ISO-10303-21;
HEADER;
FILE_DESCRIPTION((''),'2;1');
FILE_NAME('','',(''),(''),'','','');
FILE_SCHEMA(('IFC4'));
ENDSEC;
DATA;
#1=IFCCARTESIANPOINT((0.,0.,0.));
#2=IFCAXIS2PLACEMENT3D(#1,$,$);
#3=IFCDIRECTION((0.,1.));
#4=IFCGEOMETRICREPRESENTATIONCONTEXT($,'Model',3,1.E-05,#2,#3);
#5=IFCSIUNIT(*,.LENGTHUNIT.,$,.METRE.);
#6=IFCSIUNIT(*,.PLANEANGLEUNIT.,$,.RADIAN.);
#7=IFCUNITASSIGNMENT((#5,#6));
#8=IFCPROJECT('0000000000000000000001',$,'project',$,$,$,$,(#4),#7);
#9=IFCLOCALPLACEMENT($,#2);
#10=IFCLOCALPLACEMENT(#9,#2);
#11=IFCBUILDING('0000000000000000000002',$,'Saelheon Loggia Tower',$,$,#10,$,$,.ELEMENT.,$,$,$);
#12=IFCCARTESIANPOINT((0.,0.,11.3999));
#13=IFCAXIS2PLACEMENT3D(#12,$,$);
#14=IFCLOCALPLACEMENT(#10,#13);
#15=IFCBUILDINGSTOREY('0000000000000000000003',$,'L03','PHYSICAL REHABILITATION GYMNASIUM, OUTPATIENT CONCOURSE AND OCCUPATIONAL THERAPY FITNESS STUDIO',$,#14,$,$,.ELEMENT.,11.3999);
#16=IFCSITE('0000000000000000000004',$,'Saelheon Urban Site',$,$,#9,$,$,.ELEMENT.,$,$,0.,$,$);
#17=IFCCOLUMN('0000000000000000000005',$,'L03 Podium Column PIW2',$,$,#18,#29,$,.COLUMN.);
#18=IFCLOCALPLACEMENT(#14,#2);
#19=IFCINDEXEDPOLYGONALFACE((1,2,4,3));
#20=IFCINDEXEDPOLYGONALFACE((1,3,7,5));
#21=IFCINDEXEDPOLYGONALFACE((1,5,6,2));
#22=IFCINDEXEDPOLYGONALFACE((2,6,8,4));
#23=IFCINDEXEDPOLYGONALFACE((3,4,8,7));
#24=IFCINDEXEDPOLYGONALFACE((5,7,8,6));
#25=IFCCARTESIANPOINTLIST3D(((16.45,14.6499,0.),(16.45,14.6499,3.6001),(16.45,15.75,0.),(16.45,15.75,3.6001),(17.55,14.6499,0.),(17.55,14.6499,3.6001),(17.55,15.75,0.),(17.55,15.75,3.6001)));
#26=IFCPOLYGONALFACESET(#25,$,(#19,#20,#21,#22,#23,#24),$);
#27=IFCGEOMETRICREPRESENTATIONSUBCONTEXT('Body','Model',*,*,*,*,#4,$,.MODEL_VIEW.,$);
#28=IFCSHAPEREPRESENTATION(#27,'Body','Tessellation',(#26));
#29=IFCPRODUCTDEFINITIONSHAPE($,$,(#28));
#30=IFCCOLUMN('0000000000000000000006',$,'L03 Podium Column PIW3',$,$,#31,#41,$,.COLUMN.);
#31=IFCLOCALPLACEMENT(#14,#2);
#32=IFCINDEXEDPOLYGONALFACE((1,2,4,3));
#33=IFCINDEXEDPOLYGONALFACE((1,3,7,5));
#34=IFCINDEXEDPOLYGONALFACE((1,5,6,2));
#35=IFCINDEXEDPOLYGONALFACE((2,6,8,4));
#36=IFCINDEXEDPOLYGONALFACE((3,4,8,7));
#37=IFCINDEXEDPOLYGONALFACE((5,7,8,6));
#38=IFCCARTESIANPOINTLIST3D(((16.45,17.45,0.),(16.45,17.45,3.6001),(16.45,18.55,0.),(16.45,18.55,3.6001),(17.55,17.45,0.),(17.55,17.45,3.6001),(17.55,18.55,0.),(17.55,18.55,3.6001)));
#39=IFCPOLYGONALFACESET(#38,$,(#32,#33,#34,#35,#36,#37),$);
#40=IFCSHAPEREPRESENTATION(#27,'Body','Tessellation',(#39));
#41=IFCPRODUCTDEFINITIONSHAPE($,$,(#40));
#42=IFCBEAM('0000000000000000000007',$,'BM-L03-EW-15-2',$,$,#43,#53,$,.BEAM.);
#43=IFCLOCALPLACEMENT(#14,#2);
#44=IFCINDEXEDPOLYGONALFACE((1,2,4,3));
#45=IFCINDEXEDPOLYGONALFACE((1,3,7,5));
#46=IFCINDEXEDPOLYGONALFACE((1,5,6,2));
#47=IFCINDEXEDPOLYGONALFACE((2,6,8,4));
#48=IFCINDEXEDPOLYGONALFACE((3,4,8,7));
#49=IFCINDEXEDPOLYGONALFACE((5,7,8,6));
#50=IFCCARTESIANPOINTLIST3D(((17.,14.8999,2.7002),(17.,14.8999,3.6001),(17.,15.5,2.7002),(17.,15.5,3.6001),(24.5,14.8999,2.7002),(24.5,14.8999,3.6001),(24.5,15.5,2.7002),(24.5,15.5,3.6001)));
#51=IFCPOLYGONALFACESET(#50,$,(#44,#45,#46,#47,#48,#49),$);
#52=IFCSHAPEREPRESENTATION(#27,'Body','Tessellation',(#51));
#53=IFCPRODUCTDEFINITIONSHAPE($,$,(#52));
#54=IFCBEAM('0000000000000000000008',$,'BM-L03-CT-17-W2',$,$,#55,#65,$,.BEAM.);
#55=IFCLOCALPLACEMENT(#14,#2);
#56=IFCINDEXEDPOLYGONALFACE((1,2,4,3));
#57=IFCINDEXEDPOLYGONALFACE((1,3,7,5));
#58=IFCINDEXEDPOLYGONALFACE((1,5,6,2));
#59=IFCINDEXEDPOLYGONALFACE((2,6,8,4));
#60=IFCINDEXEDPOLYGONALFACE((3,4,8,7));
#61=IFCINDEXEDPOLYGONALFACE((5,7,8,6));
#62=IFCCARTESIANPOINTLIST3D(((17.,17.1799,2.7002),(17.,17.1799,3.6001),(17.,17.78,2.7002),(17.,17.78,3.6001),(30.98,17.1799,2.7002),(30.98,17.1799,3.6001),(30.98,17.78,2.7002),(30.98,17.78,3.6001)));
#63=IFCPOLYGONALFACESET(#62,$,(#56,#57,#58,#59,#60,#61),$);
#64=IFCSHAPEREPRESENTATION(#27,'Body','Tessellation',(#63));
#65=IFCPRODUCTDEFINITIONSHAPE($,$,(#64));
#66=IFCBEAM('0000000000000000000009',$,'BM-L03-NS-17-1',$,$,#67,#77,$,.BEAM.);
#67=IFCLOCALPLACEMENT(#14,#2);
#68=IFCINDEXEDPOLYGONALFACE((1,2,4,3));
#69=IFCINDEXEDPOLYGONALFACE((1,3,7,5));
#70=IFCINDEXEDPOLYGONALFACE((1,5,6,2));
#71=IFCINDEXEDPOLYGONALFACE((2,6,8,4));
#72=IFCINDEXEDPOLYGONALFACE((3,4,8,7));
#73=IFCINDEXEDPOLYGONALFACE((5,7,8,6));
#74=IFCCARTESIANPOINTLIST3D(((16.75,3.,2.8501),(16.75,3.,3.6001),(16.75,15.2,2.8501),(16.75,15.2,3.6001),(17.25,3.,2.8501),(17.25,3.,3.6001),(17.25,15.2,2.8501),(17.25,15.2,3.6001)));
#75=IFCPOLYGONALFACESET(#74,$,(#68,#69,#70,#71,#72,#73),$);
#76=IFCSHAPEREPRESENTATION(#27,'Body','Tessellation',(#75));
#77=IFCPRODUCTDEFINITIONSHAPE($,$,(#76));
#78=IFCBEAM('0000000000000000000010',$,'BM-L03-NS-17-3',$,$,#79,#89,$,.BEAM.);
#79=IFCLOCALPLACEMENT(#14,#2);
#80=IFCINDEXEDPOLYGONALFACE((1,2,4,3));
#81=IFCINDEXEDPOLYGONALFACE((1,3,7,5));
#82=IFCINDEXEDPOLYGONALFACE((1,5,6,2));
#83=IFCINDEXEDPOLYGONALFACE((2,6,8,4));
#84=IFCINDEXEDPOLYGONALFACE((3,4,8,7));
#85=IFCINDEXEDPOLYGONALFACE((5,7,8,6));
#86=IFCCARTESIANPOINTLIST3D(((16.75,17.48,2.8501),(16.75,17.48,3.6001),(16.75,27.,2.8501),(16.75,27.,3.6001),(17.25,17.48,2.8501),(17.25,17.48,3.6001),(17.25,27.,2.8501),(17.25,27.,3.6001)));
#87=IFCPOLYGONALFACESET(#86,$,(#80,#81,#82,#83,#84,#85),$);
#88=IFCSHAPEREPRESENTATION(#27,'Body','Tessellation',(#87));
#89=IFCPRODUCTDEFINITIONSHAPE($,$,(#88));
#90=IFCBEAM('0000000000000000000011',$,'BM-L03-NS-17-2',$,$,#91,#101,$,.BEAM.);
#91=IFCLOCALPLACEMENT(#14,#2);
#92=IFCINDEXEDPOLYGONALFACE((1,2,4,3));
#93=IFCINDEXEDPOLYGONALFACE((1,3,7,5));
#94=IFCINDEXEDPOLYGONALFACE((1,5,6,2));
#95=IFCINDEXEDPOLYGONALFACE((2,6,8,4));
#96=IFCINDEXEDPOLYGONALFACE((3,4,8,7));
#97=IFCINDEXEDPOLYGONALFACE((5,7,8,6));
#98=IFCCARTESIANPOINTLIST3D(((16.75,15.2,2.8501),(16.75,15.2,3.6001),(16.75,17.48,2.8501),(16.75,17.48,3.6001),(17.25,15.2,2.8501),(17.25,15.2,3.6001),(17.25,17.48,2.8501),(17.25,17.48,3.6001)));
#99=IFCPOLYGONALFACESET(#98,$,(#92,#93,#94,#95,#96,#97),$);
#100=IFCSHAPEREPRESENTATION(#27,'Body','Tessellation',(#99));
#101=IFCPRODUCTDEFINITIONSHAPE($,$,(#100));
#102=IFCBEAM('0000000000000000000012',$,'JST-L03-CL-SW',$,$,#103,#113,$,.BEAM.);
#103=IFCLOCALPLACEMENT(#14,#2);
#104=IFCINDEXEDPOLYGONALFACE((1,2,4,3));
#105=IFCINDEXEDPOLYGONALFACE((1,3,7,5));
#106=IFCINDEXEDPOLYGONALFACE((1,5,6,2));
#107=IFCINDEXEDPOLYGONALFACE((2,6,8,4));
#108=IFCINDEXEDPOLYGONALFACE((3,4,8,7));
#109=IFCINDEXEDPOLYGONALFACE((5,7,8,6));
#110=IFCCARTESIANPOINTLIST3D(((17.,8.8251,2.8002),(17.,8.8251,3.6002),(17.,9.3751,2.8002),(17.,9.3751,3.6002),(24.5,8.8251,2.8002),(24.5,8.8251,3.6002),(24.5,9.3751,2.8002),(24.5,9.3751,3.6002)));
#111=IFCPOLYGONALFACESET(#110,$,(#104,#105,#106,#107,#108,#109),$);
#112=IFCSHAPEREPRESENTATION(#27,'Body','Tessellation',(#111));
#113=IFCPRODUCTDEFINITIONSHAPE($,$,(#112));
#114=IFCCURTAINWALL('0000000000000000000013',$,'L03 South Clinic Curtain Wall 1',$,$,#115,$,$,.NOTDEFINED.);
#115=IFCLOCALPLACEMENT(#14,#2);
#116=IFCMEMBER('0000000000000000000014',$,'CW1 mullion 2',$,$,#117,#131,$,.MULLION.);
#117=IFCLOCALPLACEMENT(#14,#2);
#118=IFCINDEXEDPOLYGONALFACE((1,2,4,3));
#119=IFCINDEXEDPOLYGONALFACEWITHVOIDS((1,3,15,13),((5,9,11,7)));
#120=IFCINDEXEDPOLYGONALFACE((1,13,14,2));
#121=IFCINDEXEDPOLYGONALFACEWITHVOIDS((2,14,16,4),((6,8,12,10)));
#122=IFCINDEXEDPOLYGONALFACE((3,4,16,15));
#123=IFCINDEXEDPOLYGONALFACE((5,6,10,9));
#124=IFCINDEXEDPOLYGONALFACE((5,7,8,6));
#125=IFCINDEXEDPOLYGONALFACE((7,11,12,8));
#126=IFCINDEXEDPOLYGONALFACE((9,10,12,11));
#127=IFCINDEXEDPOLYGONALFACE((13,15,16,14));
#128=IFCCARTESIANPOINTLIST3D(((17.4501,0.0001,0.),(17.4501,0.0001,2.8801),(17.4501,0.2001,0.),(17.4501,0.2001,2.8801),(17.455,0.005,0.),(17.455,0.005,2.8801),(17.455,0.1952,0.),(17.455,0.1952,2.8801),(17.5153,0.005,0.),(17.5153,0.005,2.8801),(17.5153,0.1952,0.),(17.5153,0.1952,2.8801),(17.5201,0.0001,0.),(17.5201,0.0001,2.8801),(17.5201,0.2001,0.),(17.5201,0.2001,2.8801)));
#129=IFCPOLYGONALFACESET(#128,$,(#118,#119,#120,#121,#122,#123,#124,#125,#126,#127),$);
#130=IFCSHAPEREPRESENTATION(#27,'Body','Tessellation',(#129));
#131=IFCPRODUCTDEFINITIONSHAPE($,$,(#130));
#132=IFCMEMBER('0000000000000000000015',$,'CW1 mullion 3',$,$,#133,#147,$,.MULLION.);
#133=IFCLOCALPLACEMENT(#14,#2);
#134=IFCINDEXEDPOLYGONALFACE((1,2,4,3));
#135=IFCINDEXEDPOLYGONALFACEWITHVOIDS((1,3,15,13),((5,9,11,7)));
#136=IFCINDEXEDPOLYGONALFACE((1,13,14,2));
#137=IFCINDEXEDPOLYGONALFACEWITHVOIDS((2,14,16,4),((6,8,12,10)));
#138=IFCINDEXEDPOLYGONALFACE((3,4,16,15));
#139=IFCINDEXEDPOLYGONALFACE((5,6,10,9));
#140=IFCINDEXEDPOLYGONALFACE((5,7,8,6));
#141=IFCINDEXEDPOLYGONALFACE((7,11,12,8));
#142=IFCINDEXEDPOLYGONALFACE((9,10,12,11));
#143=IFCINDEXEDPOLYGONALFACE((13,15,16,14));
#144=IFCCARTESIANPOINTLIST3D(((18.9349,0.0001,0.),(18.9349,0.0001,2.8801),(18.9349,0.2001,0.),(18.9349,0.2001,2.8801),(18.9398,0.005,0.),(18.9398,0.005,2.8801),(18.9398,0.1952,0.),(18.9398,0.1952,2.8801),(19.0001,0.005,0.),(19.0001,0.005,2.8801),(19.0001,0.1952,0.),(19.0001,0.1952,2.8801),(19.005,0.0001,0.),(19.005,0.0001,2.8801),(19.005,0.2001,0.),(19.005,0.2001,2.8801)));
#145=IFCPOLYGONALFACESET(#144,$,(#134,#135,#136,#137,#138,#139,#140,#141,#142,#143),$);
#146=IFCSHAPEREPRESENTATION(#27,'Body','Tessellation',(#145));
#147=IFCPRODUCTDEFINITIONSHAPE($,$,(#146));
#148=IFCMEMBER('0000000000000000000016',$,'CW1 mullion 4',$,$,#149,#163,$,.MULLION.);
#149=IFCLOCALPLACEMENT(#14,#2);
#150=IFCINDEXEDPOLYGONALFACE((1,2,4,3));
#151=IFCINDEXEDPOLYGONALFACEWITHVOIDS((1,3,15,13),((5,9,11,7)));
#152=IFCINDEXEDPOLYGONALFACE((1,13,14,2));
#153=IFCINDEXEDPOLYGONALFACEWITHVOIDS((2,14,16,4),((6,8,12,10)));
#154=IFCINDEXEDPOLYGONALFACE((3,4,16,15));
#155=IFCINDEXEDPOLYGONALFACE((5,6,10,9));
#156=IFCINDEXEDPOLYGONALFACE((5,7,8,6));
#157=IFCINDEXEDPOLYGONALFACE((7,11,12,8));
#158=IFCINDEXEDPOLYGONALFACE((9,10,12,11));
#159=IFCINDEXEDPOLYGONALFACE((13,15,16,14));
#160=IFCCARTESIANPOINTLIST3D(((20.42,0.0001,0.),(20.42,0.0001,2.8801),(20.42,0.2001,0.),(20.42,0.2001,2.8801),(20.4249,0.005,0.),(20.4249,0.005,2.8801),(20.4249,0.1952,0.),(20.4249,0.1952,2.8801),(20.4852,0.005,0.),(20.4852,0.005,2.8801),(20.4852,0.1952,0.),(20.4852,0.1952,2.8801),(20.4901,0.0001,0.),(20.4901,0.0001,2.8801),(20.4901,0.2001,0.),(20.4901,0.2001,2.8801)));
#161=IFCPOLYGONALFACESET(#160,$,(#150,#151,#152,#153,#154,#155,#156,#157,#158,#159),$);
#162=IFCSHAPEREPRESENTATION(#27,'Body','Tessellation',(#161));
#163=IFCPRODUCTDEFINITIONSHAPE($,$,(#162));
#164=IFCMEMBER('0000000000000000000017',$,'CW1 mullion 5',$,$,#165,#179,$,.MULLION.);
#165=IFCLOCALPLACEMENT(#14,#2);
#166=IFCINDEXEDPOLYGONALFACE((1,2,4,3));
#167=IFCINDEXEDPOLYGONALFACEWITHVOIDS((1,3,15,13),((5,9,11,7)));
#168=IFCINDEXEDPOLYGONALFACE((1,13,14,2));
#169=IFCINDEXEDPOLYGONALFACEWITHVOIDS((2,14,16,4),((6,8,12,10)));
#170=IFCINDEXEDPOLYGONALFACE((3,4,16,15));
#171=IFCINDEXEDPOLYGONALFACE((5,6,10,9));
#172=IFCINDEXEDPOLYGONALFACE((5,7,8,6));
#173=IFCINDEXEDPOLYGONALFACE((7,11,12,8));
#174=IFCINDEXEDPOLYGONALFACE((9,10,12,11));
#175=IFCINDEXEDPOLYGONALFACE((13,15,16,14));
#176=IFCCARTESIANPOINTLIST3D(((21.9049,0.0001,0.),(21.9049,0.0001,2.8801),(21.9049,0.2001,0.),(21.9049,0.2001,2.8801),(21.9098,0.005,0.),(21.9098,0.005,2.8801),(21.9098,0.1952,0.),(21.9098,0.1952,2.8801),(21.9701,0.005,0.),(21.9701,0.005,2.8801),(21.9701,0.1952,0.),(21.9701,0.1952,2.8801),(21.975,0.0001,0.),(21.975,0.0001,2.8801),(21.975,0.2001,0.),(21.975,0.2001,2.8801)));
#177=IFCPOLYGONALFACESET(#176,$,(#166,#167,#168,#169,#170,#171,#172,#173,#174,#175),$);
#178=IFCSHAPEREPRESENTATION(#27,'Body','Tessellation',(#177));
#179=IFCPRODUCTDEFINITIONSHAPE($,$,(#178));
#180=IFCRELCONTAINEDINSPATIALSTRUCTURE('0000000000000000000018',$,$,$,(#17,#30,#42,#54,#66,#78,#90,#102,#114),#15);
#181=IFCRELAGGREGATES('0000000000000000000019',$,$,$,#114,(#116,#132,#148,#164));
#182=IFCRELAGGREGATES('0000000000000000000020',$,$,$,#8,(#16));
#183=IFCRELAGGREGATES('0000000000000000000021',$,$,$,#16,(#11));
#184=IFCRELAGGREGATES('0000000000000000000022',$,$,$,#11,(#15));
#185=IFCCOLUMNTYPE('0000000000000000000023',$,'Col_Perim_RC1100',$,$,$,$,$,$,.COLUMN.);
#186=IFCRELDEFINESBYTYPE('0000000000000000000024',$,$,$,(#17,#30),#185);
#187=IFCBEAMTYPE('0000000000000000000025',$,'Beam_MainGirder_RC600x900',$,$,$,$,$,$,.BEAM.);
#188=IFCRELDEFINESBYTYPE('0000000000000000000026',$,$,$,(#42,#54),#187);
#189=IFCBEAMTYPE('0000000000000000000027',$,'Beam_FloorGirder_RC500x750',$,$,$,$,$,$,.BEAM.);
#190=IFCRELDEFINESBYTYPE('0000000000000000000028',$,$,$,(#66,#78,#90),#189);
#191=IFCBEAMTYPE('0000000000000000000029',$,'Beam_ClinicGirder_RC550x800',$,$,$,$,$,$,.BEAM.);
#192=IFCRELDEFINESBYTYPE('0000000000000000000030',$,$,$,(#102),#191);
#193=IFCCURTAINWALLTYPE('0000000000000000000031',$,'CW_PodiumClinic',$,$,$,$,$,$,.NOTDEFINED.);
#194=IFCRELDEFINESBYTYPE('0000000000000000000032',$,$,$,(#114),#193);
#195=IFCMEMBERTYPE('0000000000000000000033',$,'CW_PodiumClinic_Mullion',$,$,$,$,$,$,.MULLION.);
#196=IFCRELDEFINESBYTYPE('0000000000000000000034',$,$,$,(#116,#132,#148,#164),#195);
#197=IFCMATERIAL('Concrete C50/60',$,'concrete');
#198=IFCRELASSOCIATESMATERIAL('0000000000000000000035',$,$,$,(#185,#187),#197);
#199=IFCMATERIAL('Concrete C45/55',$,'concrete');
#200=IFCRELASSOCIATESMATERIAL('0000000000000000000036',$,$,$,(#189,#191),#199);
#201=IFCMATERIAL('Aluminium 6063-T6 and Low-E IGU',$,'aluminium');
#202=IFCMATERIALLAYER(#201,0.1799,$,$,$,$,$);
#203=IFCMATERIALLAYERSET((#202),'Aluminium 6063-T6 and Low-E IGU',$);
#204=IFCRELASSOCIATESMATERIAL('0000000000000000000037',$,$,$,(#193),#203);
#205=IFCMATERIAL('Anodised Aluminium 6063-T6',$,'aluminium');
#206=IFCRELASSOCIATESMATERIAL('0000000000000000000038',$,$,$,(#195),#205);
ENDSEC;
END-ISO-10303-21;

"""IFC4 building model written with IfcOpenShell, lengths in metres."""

from ifc_helpers import new_model, si_unit, direction, frame, origin, origin_2d, place, context, subcontext, project, spatial, rectangle, hollow_rectangle, extrude, source, transform, mapped, material, layer, layer_set, material_profile, profile_set, type_object, element, aggregate, save


model = new_model("IFC4")

# Units and contexts
model_context = context("Model", 3, precision=1e-05, world=origin(), true_north=direction((0.0, 1.0)))
body_context = subcontext(model_context, "Body", "Model", "MODEL_VIEW")
ifc_project = project(units=[si_unit("LENGTHUNIT", "METRE"), si_unit("PLANEANGLEUNIT", "RADIAN")], contexts=[model_context])

# Site, building, storey
site_placement = place(None, origin())
site = spatial("IfcSite", under=ifc_project, at=site_placement, Name="Saelheon Urban Site", CompositionType="ELEMENT", RefElevation=0.0)
building_placement = place(site_placement, origin())
building = spatial("IfcBuilding", under=site, at=building_placement, Name="Saelheon Loggia Tower", CompositionType="ELEMENT")
storey_placement = place(building_placement, frame((0.0, 0.0, 11.3999)))
storey = spatial("IfcBuildingStorey", under=building, at=storey_placement, Name="L03", Description="PHYSICAL REHABILITATION GYMNASIUM, OUTPATIENT CONCOURSE AND OCCUPATIONAL THERAPY FITNESS STUDIO", CompositionType="ELEMENT", Elevation=11.3999)

# Columns
ifc_material_1 = material(Name="Concrete C50/60", Category="concrete")
ifc_material_profile_1 = material_profile(ifc_material_1, rectangle(XDim=1.1001, YDim=1.1001, at=origin_2d()), Name="RC-1100x1100")
ifc_profile_set_1 = profile_set([ifc_material_profile_1], Name="Concrete C50/60")
column_type = type_object("IfcColumnType", Name="Col_Perim_RC1100", PredefinedType="COLUMN", material=ifc_profile_set_1)
shared_shape_1 = source(origin(), body_context, "Body", "SweptSolid", [
    extrude(rectangle(XDim=1.1001, YDim=1.1001, at=origin_2d()), origin(), (0.0, 0.0, 1.0), 3.6001),
])
for number, where, z_axis, x_axis, name in (
    (1, (17.0, 15.2, 0.0), (0.0, 0.0, 1.0), (1.0, 0.0, 0.0), "L03 Podium Column PIW2"),
    (2, (17.0, 18.0, 0.0), (0.0, 0.0, 1.0), (1.0, 0.0, 0.0), "L03 Podium Column PIW3"),
):
    element("IfcColumn", number, at=place(storey_placement, frame(where, z_axis=z_axis, x_axis=x_axis)), inside=storey, type_object=column_type, Name=name, PredefinedType="COLUMN", context=body_context, shape_type="MappedRepresentation", body=[
        mapped(shared_shape_1, transform((0.0, 0.0, 0.0), scale=1.0)),
    ])

# Beams
ifc_material_profile_2 = material_profile(ifc_material_1, rectangle(XDim=0.6001, YDim=0.8999, at=origin_2d()), Name="RC-600x900")
ifc_profile_set_2 = profile_set([ifc_material_profile_2], Name="Concrete C50/60")
beam_type_1 = type_object("IfcBeamType", Name="Beam_MainGirder_RC600x900", PredefinedType="BEAM", material=ifc_profile_set_2)
shared_shape_2 = source(origin(), body_context, "Body", "SweptSolid", [
    extrude(rectangle(XDim=0.6001, YDim=0.8999, at=origin_2d()), origin(), (0.0, 0.0, 1.0), 7.5),
])
beam_1_placement = place(storey_placement, frame((17.0, 15.2, 3.1501), z_axis=(1.0, 0.0, 0.0), x_axis=(0.0, 1.0, 0.0)))
element("IfcBeam", 3, at=beam_1_placement, inside=storey, type_object=beam_type_1, Name="BM-L03-EW-15-2", PredefinedType="BEAM", context=body_context, shape_type="MappedRepresentation", body=[
    mapped(shared_shape_2, transform((0.0, 0.0, 0.0), scale=1.0)),
])
shared_shape_3 = source(origin(), body_context, "Body", "SweptSolid", [
    extrude(rectangle(XDim=0.6001, YDim=0.8999, at=origin_2d()), origin(), (0.0, 0.0, 1.0), 13.98),
])
beam_2_placement = place(storey_placement, frame((17.0, 17.48, 3.1501), z_axis=(1.0, 0.0, 0.0), x_axis=(0.0, 1.0, 0.0)))
element("IfcBeam", 4, at=beam_2_placement, inside=storey, type_object=beam_type_1, Name="BM-L03-CT-17-W2", PredefinedType="BEAM", context=body_context, shape_type="MappedRepresentation", body=[
    mapped(shared_shape_3, transform((0.0, 0.0, 0.0), scale=1.0)),
])
ifc_material_2 = material(Name="Concrete C45/55", Category="concrete")
ifc_material_profile_3 = material_profile(ifc_material_2, rectangle(XDim=0.5, YDim=0.75, at=origin_2d()), Name="RC-500x750")
ifc_profile_set_3 = profile_set([ifc_material_profile_3], Name="Concrete C45/55")
beam_type_2 = type_object("IfcBeamType", Name="Beam_FloorGirder_RC500x750", PredefinedType="BEAM", material=ifc_profile_set_3)
shared_shape_4 = source(origin(), body_context, "Body", "SweptSolid", [
    extrude(rectangle(XDim=0.5, YDim=0.75, at=origin_2d()), origin(), (0.0, 0.0, 1.0), 12.2),
])
beam_3_placement = place(storey_placement, frame((17.0, 3.0, 3.2251), z_axis=(0.0, 1.0, 0.0), x_axis=(-1.0, 0.0, 0.0)))
element("IfcBeam", 5, at=beam_3_placement, inside=storey, type_object=beam_type_2, Name="BM-L03-NS-17-1", PredefinedType="BEAM", context=body_context, shape_type="MappedRepresentation", body=[
    mapped(shared_shape_4, transform((0.0, 0.0, 0.0), scale=1.0)),
])
shared_shape_5 = source(origin(), body_context, "Body", "SweptSolid", [
    extrude(rectangle(XDim=0.5, YDim=0.75, at=origin_2d()), origin(), (0.0, 0.0, 1.0), 9.52),
])
beam_4_placement = place(storey_placement, frame((17.0, 17.48, 3.2251), z_axis=(0.0, 1.0, 0.0), x_axis=(-1.0, 0.0, 0.0)))
element("IfcBeam", 6, at=beam_4_placement, inside=storey, type_object=beam_type_2, Name="BM-L03-NS-17-3", PredefinedType="BEAM", context=body_context, shape_type="MappedRepresentation", body=[
    mapped(shared_shape_5, transform((0.0, 0.0, 0.0), scale=1.0)),
])
shared_shape_6 = source(origin(), body_context, "Body", "SweptSolid", [
    extrude(rectangle(XDim=0.5, YDim=0.75, at=origin_2d()), origin(), (0.0, 0.0, 1.0), 2.28),
])
beam_5_placement = place(storey_placement, frame((17.0, 15.2, 3.2251), z_axis=(0.0, 1.0, 0.0), x_axis=(-1.0, 0.0, 0.0)))
element("IfcBeam", 7, at=beam_5_placement, inside=storey, type_object=beam_type_2, Name="BM-L03-NS-17-2", PredefinedType="BEAM", context=body_context, shape_type="MappedRepresentation", body=[
    mapped(shared_shape_6, transform((0.0, 0.0, 0.0), scale=1.0)),
])
ifc_material_profile_4 = material_profile(ifc_material_2, rectangle(XDim=0.55, YDim=0.8, at=origin_2d()), Name="RC-550x800")
ifc_profile_set_4 = profile_set([ifc_material_profile_4], Name="Concrete C45/55")
beam_type_3 = type_object("IfcBeamType", Name="Beam_ClinicGirder_RC550x800", PredefinedType="BEAM", material=ifc_profile_set_4)
shared_shape_7 = source(origin(), body_context, "Body", "SweptSolid", [
    extrude(rectangle(XDim=0.55, YDim=0.8, at=origin_2d()), origin(), (0.0, 0.0, 1.0), 7.5),
])
beam_6_placement = place(storey_placement, frame((17.0, 9.1001, 3.2002), z_axis=(1.0, 0.0, 0.0), x_axis=(0.0, 1.0, 0.0)))
element("IfcBeam", 8, at=beam_6_placement, inside=storey, type_object=beam_type_3, Name="JST-L03-CL-SW", PredefinedType="BEAM", context=body_context, shape_type="MappedRepresentation", body=[
    mapped(shared_shape_7, transform((0.0, 0.0, 0.0), scale=1.0)),
])

# Curtain wall, members
ifc_material_3 = material(Name="Aluminium 6063-T6 and Low-E IGU", Category="aluminium")
ifc_layer_1 = layer(ifc_material_3, 0.1799)
ifc_layer_set_1 = layer_set([ifc_layer_1], Name="Aluminium 6063-T6 and Low-E IGU")
curtain_wall_type = type_object("IfcCurtainWallType", Name="CW_PodiumClinic", PredefinedType="NOTDEFINED", material=ifc_layer_set_1)
curtain_wall_placement = place(storey_placement, origin())
curtain_wall = element("IfcCurtainWall", 9, at=curtain_wall_placement, inside=storey, type_object=curtain_wall_type, Name="L03 South Clinic Curtain Wall 1", PredefinedType="NOTDEFINED")
ifc_material_4 = material(Name="Anodised Aluminium 6063-T6", Category="aluminium")
ifc_material_profile_5 = material_profile(ifc_material_4, hollow_rectangle(XDim=0.0701, YDim=0.2, WallThickness=0.0049, at=origin_2d()), Name="RHS-200x70x5")
ifc_profile_set_5 = profile_set([ifc_material_profile_5], Name="Anodised Aluminium 6063-T6")
member_type_1 = type_object("IfcMemberType", Name="CW_PodiumClinic_Mullion", PredefinedType="MULLION", material=ifc_profile_set_5)
shared_shape_8 = source(origin(), body_context, "Body", "SweptSolid", [
    extrude(hollow_rectangle(XDim=0.0701, YDim=0.2, WallThickness=0.0049, at=origin_2d()), origin(), (0.0, 0.0, 1.0), 2.8801),
])
member_1_placement = place(storey_placement, frame((17.4851, 0.1001, 0.0), z_axis=(0.0, 0.0, 1.0), x_axis=(1.0, 0.0, 0.0)))
member_1 = element("IfcMember", 10, at=member_1_placement, type_object=member_type_1, Name="CW1 mullion 2", PredefinedType="MULLION", context=body_context, shape_type="MappedRepresentation", body=[
    mapped(shared_shape_8, transform((0.0, 0.0, 0.0), scale=1.0)),
])
member_2_placement = place(storey_placement, frame((18.97, 0.1001, 0.0), z_axis=(0.0, 0.0, 1.0), x_axis=(1.0, 0.0, 0.0)))
member_2 = element("IfcMember", 11, at=member_2_placement, type_object=member_type_1, Name="CW1 mullion 3", PredefinedType="MULLION", context=body_context, shape_type="MappedRepresentation", body=[
    mapped(shared_shape_8, transform((0.0, 0.0, 0.0), scale=1.0)),
])
member_3_placement = place(storey_placement, frame((20.4551, 0.1001, 0.0), z_axis=(0.0, 0.0, 1.0), x_axis=(1.0, 0.0, 0.0)))
member_3 = element("IfcMember", 12, at=member_3_placement, type_object=member_type_1, Name="CW1 mullion 4", PredefinedType="MULLION", context=body_context, shape_type="MappedRepresentation", body=[
    mapped(shared_shape_8, transform((0.0, 0.0, 0.0), scale=1.0)),
])
member_4_placement = place(storey_placement, frame((21.9399, 0.1001, 0.0), z_axis=(0.0, 0.0, 1.0), x_axis=(1.0, 0.0, 0.0)))
member_4 = element("IfcMember", 13, at=member_4_placement, type_object=member_type_1, Name="CW1 mullion 5", PredefinedType="MULLION", context=body_context, shape_type="MappedRepresentation", body=[
    mapped(shared_shape_8, transform((0.0, 0.0, 0.0), scale=1.0)),
])
aggregate(curtain_wall, [member_1, member_2, member_3, member_4])

save(model, "model.ifc")
